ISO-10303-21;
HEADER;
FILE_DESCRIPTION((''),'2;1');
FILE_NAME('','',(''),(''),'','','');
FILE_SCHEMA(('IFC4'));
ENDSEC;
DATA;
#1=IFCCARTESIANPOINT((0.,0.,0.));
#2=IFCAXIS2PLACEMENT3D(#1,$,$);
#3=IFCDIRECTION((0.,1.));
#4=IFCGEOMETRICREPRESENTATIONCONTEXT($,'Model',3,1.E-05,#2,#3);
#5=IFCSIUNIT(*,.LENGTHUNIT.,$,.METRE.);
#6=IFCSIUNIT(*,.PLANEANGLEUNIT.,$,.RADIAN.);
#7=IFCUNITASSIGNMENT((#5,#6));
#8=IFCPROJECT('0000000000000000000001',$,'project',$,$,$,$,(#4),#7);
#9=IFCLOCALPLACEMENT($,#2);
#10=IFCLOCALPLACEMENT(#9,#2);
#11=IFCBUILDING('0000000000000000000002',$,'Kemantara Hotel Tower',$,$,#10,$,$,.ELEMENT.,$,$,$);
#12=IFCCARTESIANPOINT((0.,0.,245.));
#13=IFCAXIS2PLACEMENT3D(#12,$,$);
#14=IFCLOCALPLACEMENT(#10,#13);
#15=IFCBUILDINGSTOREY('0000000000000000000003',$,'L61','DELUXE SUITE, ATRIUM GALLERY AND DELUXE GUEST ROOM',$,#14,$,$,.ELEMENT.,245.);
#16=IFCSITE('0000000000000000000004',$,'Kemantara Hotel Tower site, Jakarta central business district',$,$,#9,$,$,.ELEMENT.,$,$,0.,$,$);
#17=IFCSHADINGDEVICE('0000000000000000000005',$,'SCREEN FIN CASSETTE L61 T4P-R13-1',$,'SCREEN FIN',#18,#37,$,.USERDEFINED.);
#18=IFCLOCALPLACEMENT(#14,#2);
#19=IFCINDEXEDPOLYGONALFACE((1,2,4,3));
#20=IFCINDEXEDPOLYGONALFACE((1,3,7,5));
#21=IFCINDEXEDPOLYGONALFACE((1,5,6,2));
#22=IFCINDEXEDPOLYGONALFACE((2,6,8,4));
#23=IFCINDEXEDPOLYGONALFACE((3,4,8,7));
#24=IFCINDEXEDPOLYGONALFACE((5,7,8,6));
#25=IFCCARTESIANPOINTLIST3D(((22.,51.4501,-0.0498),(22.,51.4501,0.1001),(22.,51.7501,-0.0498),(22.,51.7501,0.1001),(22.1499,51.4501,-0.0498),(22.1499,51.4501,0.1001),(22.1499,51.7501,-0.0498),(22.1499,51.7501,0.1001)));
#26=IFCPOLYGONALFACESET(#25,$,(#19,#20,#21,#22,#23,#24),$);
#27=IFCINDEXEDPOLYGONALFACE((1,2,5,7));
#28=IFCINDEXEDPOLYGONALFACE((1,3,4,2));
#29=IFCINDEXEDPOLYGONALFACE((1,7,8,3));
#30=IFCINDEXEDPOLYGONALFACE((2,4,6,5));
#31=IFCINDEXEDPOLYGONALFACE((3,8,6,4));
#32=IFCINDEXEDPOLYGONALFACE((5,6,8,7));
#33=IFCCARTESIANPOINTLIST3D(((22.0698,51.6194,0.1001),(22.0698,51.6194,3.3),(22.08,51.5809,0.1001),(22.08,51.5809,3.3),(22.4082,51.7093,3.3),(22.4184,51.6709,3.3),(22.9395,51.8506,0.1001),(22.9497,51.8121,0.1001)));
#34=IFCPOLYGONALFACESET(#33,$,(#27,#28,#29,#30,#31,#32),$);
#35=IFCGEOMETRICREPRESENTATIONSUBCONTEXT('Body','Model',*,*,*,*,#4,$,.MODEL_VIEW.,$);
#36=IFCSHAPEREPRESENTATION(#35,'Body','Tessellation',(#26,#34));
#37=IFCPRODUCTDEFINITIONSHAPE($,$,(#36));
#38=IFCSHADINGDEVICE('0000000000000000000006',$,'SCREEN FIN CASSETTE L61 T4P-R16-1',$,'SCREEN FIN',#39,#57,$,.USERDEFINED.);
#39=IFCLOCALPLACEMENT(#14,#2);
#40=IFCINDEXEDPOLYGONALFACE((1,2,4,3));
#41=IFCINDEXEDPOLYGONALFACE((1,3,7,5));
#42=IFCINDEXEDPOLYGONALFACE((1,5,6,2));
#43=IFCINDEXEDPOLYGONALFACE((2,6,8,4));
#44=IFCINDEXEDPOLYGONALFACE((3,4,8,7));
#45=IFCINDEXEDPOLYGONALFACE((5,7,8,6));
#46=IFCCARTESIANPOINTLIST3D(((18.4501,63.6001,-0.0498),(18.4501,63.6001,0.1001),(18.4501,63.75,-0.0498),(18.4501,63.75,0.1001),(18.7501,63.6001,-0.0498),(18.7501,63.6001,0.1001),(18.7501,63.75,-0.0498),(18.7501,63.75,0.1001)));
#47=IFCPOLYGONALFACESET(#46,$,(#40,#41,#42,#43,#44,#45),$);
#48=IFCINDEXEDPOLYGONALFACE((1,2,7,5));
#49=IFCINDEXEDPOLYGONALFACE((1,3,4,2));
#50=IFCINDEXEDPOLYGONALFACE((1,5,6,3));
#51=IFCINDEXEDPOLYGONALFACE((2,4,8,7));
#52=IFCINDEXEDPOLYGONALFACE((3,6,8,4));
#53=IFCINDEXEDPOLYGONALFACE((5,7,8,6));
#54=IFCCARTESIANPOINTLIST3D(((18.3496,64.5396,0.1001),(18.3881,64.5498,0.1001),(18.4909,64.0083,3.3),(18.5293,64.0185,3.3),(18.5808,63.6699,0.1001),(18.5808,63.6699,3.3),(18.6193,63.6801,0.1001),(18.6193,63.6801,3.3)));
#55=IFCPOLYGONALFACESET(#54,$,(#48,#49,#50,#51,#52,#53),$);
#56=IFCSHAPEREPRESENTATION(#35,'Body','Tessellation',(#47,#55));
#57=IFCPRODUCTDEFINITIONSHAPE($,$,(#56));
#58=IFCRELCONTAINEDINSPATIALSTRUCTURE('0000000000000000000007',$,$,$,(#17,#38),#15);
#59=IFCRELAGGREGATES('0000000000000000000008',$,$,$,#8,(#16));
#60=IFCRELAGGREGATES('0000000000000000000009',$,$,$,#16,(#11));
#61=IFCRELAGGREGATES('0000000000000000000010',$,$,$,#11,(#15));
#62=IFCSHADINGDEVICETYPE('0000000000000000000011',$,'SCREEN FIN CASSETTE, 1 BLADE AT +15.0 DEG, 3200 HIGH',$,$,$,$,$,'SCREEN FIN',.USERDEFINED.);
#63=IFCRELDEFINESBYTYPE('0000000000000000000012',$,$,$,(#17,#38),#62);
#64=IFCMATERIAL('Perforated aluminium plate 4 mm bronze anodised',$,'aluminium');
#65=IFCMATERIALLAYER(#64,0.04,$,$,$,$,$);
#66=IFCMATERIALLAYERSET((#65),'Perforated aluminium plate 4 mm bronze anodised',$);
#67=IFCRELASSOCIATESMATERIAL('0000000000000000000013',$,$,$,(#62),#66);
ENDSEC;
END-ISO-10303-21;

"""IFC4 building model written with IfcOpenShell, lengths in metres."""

from ifc_helpers import new_model, si_unit, direction, frame, origin, origin_2d, place, context, subcontext, project, spatial, polyline, rectangle, outline, extrude, source, transform, mapped, material, layer, layer_set, type_object, element, save


model = new_model("IFC4")

# Units and contexts
model_context = context("Model", 3, precision=1e-05, world=origin(), true_north=direction((0.0, 1.0)))
body_context = subcontext(model_context, "Body", "Model", "MODEL_VIEW")
ifc_project = project(units=[si_unit("LENGTHUNIT", "METRE"), si_unit("PLANEANGLEUNIT", "RADIAN")], contexts=[model_context])

# Site, building, storey
site_placement = place(None, origin())
site = spatial("IfcSite", under=ifc_project, at=site_placement, Name="Kemantara Hotel Tower site, Jakarta central business district", CompositionType="ELEMENT", RefElevation=0.0)
building_placement = place(site_placement, origin())
building = spatial("IfcBuilding", under=site, at=building_placement, Name="Kemantara Hotel Tower", CompositionType="ELEMENT")
storey_placement = place(building_placement, frame((0.0, 0.0, 245.0)))
storey = spatial("IfcBuildingStorey", under=building, at=storey_placement, Name="L61", Description="DELUXE SUITE, ATRIUM GALLERY AND DELUXE GUEST ROOM", CompositionType="ELEMENT", Elevation=245.0)

# Shading devices
ifc_material_1 = material(Name="Perforated aluminium plate 4 mm bronze anodised", Category="aluminium")
ifc_layer_1 = layer(ifc_material_1, 0.04)
ifc_layer_set_1 = layer_set([ifc_layer_1], Name="Perforated aluminium plate 4 mm bronze anodised")
shading_device_type_1 = type_object("IfcShadingDeviceType", Name="SCREEN FIN CASSETTE, 1 BLADE AT +15.0 DEG, 3200 HIGH", ElementType="SCREEN FIN", PredefinedType="USERDEFINED", material=ifc_layer_set_1)
shared_shape_1 = source(origin(), body_context, "Body", "SweptSolid", [
    extrude(rectangle(XDim=0.3, YDim=0.1499, at=origin_2d()), frame((0.0, -0.075, -0.1499), z_axis=(0.0, 0.0, 1.0), x_axis=(1.0, 0.0, 0.0)), (0.0, 0.0, 1.0), 0.1499),
    extrude(outline(polyline([(0.0, 0.0), (0.8999, 0.0), (0.3501, 3.2), (0.0, 3.2), (0.0, 0.0)])), frame((0.0193, -0.0698, 0.0), z_axis=(-0.966438, -0.256901, 0.0), x_axis=(0.256901, -0.966438, 0.0)), (0.0, 0.0, 1.0), 0.0398),
])
for number, where, z_axis, x_axis, name in (
    (1, (22.0, 51.6001, 0.1001), (0.0, 0.0, 1.0), (0.0, 1.0, 0.0), "SCREEN FIN CASSETTE L61 T4P-R13-1"),
    (2, (18.6001, 63.6001, 0.1001), (0.0, 0.0, 1.0), (-1.0, 0.0, 0.0), "SCREEN FIN CASSETTE L61 T4P-R16-1"),
):
    element("IfcShadingDevice", number, at=place(storey_placement, frame(where, z_axis=z_axis, x_axis=x_axis)), inside=storey, type_object=shading_device_type_1, Name=name, ObjectType="SCREEN FIN", PredefinedType="USERDEFINED", context=body_context, shape_type="MappedRepresentation", body=[
        mapped(shared_shape_1, transform((0.0, 0.0, 0.0))),
    ])

save(model, "model.ifc")
